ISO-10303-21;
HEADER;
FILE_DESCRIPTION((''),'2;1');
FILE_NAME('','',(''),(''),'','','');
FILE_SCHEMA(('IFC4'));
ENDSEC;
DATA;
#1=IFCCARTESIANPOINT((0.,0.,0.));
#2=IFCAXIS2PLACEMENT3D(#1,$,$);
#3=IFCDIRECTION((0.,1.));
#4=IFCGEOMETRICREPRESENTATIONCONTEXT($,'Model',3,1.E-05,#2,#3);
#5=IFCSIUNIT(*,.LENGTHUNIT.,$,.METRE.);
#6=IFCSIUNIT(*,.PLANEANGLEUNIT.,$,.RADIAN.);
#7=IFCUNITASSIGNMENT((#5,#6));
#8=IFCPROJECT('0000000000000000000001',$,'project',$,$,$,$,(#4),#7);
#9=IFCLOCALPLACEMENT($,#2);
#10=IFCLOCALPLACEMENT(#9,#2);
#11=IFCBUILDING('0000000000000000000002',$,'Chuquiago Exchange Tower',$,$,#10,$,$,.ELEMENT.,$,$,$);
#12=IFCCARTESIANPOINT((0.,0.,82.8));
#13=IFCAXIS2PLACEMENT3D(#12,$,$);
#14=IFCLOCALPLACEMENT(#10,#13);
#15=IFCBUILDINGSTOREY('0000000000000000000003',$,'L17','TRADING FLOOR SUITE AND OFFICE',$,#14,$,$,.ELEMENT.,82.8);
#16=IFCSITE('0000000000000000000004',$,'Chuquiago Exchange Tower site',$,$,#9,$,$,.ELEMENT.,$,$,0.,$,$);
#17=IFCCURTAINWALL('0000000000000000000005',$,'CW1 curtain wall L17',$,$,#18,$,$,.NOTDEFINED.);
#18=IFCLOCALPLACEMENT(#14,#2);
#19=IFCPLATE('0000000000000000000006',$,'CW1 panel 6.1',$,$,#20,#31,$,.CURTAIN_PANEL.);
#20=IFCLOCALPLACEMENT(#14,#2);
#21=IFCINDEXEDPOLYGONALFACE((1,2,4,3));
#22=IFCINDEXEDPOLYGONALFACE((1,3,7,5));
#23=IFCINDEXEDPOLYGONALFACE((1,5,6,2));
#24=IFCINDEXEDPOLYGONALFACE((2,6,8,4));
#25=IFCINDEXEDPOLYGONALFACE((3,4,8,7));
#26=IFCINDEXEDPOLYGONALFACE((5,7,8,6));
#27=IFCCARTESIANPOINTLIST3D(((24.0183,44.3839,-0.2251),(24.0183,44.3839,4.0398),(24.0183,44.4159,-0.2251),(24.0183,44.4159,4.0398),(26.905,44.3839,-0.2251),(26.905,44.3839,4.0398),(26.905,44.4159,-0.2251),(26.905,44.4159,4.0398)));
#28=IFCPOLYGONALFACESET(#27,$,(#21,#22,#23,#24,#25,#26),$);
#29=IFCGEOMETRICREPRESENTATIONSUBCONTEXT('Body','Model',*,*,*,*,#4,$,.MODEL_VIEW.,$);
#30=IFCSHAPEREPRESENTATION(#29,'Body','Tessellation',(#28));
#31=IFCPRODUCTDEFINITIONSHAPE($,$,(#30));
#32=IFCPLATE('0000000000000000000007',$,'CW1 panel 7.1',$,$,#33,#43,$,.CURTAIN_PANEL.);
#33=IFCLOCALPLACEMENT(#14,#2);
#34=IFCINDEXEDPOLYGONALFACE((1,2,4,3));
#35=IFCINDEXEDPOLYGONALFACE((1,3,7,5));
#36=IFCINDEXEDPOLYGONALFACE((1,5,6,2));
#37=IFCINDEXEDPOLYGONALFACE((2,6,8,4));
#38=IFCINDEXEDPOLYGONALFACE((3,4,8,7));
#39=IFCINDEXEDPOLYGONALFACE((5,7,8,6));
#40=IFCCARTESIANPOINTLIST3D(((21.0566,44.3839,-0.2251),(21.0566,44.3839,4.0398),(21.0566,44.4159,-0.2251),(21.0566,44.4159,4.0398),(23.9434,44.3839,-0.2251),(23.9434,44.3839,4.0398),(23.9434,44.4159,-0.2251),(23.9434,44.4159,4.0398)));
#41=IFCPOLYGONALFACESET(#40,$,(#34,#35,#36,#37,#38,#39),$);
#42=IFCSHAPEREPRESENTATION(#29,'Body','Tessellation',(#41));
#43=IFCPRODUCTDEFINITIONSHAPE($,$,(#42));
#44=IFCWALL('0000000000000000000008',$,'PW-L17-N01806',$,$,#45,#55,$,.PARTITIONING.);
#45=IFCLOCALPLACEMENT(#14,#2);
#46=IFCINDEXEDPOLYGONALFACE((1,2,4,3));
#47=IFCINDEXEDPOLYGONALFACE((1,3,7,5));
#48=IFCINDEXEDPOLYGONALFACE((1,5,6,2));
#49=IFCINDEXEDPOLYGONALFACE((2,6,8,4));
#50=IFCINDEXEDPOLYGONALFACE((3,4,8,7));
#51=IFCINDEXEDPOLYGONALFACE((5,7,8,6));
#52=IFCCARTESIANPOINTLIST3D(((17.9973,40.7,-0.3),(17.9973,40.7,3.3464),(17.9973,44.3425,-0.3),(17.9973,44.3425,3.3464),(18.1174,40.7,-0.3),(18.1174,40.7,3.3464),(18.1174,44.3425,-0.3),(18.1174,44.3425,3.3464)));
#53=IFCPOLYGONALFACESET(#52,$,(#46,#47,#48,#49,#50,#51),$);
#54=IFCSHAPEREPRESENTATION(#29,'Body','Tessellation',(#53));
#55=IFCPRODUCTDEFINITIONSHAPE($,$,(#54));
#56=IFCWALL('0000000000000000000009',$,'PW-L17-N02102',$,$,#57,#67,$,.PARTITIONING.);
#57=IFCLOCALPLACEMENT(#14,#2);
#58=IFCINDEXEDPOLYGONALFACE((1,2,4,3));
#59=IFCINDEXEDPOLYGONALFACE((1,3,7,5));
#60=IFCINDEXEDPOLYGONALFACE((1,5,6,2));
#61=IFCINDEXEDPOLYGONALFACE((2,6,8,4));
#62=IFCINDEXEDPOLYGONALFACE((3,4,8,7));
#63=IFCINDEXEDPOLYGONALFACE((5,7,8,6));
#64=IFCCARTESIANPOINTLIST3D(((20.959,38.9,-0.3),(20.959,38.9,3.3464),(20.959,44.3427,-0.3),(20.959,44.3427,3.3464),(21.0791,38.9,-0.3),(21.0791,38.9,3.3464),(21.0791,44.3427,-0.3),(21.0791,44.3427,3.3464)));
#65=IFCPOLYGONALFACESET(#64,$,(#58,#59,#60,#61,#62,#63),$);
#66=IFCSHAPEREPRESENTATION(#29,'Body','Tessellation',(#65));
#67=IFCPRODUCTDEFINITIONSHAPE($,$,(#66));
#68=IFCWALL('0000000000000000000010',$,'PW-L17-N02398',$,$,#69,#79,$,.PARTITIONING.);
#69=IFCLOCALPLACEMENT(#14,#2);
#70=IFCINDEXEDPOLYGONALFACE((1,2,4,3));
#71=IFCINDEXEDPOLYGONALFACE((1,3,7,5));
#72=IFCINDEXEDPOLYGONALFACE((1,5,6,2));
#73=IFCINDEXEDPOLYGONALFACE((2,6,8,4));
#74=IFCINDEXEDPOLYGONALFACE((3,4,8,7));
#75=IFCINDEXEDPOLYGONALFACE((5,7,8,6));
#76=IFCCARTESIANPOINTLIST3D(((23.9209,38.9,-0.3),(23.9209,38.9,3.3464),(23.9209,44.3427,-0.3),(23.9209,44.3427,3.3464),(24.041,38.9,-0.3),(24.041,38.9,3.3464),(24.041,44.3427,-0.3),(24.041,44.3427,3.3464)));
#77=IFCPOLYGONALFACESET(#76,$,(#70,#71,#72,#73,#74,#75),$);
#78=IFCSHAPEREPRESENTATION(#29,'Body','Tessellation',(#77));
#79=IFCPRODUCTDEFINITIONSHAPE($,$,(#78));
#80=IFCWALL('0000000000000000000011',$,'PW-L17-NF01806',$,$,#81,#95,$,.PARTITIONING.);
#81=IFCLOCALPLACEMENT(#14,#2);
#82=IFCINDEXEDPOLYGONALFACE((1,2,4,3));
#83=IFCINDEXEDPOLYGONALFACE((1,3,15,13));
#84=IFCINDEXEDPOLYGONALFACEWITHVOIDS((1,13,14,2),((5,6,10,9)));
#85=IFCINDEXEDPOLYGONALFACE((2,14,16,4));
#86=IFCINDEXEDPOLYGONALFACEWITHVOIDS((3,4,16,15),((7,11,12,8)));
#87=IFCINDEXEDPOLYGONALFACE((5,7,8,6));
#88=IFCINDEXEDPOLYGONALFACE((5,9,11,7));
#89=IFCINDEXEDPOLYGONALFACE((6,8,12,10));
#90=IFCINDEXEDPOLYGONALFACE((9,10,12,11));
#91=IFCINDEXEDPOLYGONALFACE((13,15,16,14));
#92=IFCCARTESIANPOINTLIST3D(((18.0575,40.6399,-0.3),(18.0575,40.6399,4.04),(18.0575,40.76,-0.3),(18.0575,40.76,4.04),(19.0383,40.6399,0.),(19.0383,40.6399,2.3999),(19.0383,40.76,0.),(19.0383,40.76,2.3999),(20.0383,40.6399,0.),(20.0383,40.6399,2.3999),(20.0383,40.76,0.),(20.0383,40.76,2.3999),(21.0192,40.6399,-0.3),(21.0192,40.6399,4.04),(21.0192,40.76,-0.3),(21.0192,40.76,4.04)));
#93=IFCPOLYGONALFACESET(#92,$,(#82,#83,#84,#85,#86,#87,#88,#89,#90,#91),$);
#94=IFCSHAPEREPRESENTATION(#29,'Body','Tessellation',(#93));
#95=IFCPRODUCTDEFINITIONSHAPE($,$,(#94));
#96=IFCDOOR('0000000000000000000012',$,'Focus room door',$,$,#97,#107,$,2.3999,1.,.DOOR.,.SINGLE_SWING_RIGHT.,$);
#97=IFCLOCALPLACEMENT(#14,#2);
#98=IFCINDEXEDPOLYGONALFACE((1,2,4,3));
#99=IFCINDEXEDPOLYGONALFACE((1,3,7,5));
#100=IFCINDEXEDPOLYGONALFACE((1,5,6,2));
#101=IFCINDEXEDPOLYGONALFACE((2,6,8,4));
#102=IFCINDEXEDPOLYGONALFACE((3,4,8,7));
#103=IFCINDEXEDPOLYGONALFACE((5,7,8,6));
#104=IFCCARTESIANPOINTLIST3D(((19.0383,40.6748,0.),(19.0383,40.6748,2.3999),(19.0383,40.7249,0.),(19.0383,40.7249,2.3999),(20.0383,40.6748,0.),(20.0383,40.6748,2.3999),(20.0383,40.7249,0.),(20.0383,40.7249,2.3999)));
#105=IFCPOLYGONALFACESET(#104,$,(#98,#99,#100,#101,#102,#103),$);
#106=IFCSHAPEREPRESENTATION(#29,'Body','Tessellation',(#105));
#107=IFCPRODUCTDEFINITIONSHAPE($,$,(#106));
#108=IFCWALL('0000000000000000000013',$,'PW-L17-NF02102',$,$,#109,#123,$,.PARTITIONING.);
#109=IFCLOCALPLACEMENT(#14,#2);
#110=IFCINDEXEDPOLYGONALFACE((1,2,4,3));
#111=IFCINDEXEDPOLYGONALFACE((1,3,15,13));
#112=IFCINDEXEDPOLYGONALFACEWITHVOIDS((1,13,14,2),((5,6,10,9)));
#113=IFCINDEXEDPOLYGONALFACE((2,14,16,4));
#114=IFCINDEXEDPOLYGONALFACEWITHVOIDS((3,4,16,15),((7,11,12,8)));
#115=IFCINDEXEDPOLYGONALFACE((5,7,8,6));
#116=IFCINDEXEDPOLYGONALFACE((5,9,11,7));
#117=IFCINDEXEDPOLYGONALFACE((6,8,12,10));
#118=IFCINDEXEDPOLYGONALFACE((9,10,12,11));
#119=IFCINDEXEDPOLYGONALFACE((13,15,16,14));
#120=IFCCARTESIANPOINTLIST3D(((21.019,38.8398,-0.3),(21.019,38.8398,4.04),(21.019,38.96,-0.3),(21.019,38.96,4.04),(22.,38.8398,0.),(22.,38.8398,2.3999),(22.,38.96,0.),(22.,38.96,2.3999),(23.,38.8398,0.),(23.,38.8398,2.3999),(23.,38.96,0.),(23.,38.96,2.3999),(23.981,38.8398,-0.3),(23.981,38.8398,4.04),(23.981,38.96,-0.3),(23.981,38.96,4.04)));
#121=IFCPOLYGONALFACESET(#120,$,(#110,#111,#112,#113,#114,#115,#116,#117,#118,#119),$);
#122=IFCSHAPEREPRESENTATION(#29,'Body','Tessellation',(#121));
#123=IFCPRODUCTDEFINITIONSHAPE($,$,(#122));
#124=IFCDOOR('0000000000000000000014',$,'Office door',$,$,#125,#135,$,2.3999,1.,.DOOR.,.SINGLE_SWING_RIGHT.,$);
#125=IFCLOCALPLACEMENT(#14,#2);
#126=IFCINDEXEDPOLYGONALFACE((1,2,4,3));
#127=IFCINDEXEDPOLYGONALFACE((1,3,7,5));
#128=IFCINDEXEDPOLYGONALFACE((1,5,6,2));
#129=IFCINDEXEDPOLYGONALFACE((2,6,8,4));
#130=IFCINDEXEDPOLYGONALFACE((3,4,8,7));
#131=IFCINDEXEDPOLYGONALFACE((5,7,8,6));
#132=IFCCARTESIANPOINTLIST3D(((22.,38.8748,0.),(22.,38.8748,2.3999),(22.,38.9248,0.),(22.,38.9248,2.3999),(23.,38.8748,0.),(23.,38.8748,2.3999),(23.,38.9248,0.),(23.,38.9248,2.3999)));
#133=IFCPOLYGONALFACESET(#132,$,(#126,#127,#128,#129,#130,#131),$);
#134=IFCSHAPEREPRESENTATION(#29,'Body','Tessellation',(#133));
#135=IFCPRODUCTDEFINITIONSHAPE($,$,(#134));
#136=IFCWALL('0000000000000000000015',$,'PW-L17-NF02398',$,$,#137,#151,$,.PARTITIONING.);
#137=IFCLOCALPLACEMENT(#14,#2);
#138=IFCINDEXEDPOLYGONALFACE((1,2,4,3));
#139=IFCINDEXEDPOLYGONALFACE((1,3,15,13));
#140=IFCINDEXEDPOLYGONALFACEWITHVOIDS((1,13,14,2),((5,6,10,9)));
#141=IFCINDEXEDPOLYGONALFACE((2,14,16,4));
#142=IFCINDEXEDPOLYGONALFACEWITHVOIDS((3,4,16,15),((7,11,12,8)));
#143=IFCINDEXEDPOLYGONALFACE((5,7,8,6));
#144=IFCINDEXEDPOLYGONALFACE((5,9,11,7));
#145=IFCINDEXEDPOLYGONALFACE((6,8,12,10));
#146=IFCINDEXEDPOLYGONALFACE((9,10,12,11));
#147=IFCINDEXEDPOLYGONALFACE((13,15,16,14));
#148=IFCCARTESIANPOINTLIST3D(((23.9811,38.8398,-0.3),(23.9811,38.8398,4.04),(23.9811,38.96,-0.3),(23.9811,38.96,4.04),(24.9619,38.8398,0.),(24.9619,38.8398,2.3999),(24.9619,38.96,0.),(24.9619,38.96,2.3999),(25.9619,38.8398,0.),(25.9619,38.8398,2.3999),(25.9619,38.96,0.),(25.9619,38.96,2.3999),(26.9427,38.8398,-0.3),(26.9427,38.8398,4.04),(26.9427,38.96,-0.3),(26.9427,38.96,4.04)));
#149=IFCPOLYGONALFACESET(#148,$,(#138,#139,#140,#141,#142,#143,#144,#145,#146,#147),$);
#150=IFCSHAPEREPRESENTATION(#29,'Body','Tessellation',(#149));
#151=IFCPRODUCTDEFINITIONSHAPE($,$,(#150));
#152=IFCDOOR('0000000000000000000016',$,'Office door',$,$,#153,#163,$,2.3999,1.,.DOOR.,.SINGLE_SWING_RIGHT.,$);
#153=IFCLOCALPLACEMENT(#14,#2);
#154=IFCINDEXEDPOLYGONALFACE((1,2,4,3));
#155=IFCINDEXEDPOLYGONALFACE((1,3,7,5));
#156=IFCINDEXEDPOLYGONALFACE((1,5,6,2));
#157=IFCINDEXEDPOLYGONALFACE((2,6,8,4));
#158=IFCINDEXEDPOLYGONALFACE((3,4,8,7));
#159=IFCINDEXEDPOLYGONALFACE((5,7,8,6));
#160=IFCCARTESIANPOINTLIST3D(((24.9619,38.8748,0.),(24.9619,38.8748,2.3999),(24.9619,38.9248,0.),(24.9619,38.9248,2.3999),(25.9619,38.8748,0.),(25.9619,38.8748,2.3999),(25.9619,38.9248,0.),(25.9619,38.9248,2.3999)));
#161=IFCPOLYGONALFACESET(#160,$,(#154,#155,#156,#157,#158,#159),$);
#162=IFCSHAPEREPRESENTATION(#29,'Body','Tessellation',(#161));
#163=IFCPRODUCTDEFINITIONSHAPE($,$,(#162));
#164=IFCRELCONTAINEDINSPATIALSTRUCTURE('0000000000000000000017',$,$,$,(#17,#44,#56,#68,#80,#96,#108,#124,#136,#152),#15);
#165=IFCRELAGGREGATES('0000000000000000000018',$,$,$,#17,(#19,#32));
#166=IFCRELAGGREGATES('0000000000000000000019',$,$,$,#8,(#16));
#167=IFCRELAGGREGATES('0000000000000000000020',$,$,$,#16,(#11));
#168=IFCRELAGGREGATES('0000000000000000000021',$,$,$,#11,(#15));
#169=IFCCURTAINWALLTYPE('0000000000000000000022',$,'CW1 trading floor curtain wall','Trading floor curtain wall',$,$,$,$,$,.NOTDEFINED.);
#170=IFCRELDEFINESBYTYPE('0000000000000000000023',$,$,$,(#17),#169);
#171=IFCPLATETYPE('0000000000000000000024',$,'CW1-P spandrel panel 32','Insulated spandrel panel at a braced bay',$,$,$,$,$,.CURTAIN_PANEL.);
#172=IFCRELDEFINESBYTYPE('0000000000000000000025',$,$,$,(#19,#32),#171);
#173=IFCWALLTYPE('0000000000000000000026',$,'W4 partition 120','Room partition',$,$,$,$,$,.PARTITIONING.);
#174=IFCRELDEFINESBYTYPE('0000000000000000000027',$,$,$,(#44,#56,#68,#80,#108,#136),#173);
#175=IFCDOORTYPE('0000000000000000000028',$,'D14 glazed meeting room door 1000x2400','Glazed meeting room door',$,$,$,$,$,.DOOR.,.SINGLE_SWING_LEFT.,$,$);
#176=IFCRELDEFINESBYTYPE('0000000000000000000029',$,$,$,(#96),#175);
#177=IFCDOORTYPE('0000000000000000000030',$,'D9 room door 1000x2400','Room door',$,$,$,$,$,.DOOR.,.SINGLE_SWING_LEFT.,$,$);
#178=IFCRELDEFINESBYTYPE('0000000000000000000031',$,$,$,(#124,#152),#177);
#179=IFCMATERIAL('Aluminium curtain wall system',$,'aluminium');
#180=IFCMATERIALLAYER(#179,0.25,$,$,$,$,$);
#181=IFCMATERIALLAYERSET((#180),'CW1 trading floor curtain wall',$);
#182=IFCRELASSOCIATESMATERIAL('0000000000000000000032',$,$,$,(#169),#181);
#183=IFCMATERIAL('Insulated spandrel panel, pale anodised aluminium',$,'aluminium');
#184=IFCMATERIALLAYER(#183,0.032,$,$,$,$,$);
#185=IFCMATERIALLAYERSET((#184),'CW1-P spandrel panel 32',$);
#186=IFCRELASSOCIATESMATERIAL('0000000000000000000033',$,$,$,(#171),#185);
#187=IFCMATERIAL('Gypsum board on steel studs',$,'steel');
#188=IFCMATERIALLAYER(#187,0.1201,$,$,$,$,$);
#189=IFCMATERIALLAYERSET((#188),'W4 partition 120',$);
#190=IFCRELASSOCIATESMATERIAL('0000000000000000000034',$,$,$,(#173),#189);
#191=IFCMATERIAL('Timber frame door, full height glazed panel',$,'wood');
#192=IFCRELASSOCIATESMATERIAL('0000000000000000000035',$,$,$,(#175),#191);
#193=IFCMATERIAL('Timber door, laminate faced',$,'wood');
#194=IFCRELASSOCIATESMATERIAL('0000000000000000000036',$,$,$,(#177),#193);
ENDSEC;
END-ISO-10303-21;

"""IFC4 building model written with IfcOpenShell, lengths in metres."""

from ifc_helpers import new_model, si_unit, direction, frame, frame_2d, origin, origin_2d, place, context, subcontext, project, spatial, rectangle, extrude, material, layer, layer_set, type_object, element, fill, aggregate, save


model = new_model("IFC4")

# Units and contexts
model_context = context("Model", 3, precision=1e-05, world=origin(), true_north=direction((0.0, 1.0)))
body_context = subcontext(model_context, "Body", "Model", "MODEL_VIEW")
ifc_project = project(units=[si_unit("LENGTHUNIT", "METRE"), si_unit("PLANEANGLEUNIT", "RADIAN")], contexts=[model_context])

# Site, building, storey
site_placement = place(None, origin())
site = spatial("IfcSite", under=ifc_project, at=site_placement, Name="Chuquiago Exchange Tower site", CompositionType="ELEMENT", RefElevation=0.0)
building_placement = place(site_placement, origin())
building = spatial("IfcBuilding", under=site, at=building_placement, Name="Chuquiago Exchange Tower", CompositionType="ELEMENT")
storey_placement = place(building_placement, frame((0.0, 0.0, 82.8)))
storey = spatial("IfcBuildingStorey", under=building, at=storey_placement, Name="L17", Description="TRADING FLOOR SUITE AND OFFICE", CompositionType="ELEMENT", Elevation=82.8)

# Curtain wall
ifc_material_1 = material(Name="Aluminium curtain wall system", Category="aluminium")
ifc_layer_1 = layer(ifc_material_1, 0.25)
ifc_layer_set_1 = layer_set([ifc_layer_1], Name="CW1 trading floor curtain wall")
curtain_wall_type = type_object("IfcCurtainWallType", Name="CW1 trading floor curtain wall", Description="Trading floor curtain wall", PredefinedType="NOTDEFINED", material=ifc_layer_set_1)
curtain_wall_placement = place(storey_placement, origin())
curtain_wall = element("IfcCurtainWall", 1, at=curtain_wall_placement, inside=storey, type_object=curtain_wall_type, Name="CW1 curtain wall L17", PredefinedType="NOTDEFINED")

# Plates
ifc_material_2 = material(Name="Insulated spandrel panel, pale anodised aluminium", Category="aluminium")
ifc_layer_2 = layer(ifc_material_2, 0.032)
ifc_layer_set_2 = layer_set([ifc_layer_2], Name="CW1-P spandrel panel 32")
plate_type_1 = type_object("IfcPlateType", Name="CW1-P spandrel panel 32", Description="Insulated spandrel panel at a braced bay", PredefinedType="CURTAIN_PANEL", material=ifc_layer_set_2)
plate_1_placement = place(storey_placement, frame((25.4617, 44.3999, -0.2251), z_axis=(0.0, 0.0, 1.0), x_axis=(-1.0, 0.0, 0.0)))
plate_1 = element("IfcPlate", 2, at=plate_1_placement, type_object=plate_type_1, Name="CW1 panel 6.1", PredefinedType="CURTAIN_PANEL", context=body_context, shape_type="SweptSolid", body=[
    extrude(rectangle(XDim=2.8867, YDim=0.032, at=origin_2d()), origin(), (0.0, 0.0, 1.0), 4.2649),
])
plate_2_placement = place(storey_placement, frame((22.5, 44.3999, -0.2251), z_axis=(0.0, 0.0, 1.0), x_axis=(-1.0, 0.0, 0.0)))
plate_2 = element("IfcPlate", 3, at=plate_2_placement, type_object=plate_type_1, Name="CW1 panel 7.1", PredefinedType="CURTAIN_PANEL", context=body_context, shape_type="SweptSolid", body=[
    extrude(rectangle(XDim=2.8867, YDim=0.032, at=origin_2d()), origin(), (0.0, 0.0, 1.0), 4.2649),
])
aggregate(curtain_wall, [plate_1, plate_2])

# Walls
ifc_material_3 = material(Name="Gypsum board on steel studs", Category="steel")
ifc_layer_3 = layer(ifc_material_3, 0.1201)
ifc_layer_set_3 = layer_set([ifc_layer_3], Name="W4 partition 120")
wall_type = type_object("IfcWallType", Name="W4 partition 120", Description="Room partition", PredefinedType="PARTITIONING", material=ifc_layer_set_3)
wall_1_placement = place(storey_placement, frame((18.0574, 44.3425, -0.3), z_axis=(0.0, 0.0, 1.0), x_axis=(0.0, -1.0, 0.0)))
element("IfcWall", 4, at=wall_1_placement, inside=storey, type_object=wall_type, Name="PW-L17-N01806", PredefinedType="PARTITIONING", context=body_context, shape_type="SweptSolid", body=[
    extrude(rectangle(XDim=3.6426, YDim=0.1201, at=frame_2d((1.8213, 0.0))), origin(), (0.0, 0.0, 1.0), 3.6465),
])
for number, where, z_axis, x_axis, name in (
    (5, (21.019, 44.3425, -0.3), (0.0, 0.0, 1.0), (0.0, -1.0, 0.0), "PW-L17-N02102"),
    (6, (23.981, 44.3425, -0.3), (0.0, 0.0, 1.0), (0.0, -1.0, 0.0), "PW-L17-N02398"),
):
    element("IfcWall", number, at=place(storey_placement, frame(where, z_axis=z_axis, x_axis=x_axis)), inside=storey, type_object=wall_type, Name=name, PredefinedType="PARTITIONING", context=body_context, shape_type="SweptSolid", body=[
        extrude(rectangle(XDim=5.4426, YDim=0.1201, at=frame_2d((2.7212, 0.0))), origin(), (0.0, 0.0, 1.0), 3.6465),
    ])

# Walls, openings, doors
wall_2_placement = place(storey_placement, frame((18.0574, 40.7, -0.3), z_axis=(0.0, 0.0, 1.0), x_axis=(1.0, 0.0, 0.0)))
wall_2 = element("IfcWall", 7, at=wall_2_placement, inside=storey, type_object=wall_type, Name="PW-L17-NF01806", PredefinedType="PARTITIONING", context=body_context, shape_type="SweptSolid", body=[
    extrude(rectangle(XDim=2.9617, YDim=0.1201, at=frame_2d((1.481, 0.0))), origin(), (0.0, 0.0, 1.0), 4.3401),
])
opening_1_placement = place(wall_2_placement, frame((0.981, 0.0, 0.3)))
opening_1 = element("IfcOpeningElement", 8, at=opening_1_placement, cuts=wall_2, PredefinedType="OPENING", context=body_context, shape_type="SweptSolid", body=[
    extrude(rectangle(XDim=1.0, YDim=2.3999, at=frame_2d((0.5, 1.2))), frame((0.0, 0.0701, 0.0), z_axis=(0.0, -1.0, 0.0), x_axis=(1.0, 0.0, 0.0)), (0.0, 0.0, 1.0), 0.1401),
])
ifc_material_4 = material(Name="Timber frame door, full height glazed panel", Category="wood")
door_type_1 = type_object("IfcDoorType", Name="D14 glazed meeting room door 1000x2400", Description="Glazed meeting room door", OperationType="SINGLE_SWING_LEFT", PredefinedType="DOOR", material=ifc_material_4)
door_1_placement = place(opening_1_placement, origin())
door_1 = element("IfcDoor", 9, at=door_1_placement, inside=storey, type_object=door_type_1, Name="Focus room door", OperationType="SINGLE_SWING_RIGHT", OverallHeight=2.3999, OverallWidth=1.0, PredefinedType="DOOR", context=body_context, shape_type="SweptSolid", body=[
    extrude(rectangle(XDim=1.0, YDim=2.3999, at=frame_2d((0.5, 1.2))), frame((0.0, 0.0249, 0.0), z_axis=(0.0, -1.0, 0.0), x_axis=(1.0, 0.0, 0.0)), (0.0, 0.0, 1.0), 0.05),
])
fill(opening_1, door_1)
wall_3_placement = place(storey_placement, frame((21.019, 38.8999, -0.3), z_axis=(0.0, 0.0, 1.0), x_axis=(1.0, 0.0, 0.0)))
wall_3 = element("IfcWall", 10, at=wall_3_placement, inside=storey, type_object=wall_type, Name="PW-L17-NF02102", PredefinedType="PARTITIONING", context=body_context, shape_type="SweptSolid", body=[
    extrude(rectangle(XDim=2.9619, YDim=0.1201, at=frame_2d((1.481, 0.0))), origin(), (0.0, 0.0, 1.0), 4.3401),
])
opening_2_placement = place(wall_3_placement, frame((0.981, 0.0, 0.3)))
opening_2 = element("IfcOpeningElement", 11, at=opening_2_placement, cuts=wall_3, PredefinedType="OPENING", context=body_context, shape_type="SweptSolid", body=[
    extrude(rectangle(XDim=1.0, YDim=2.3999, at=frame_2d((0.5, 1.2))), frame((0.0, 0.0701, 0.0), z_axis=(0.0, -1.0, 0.0), x_axis=(1.0, 0.0, 0.0)), (0.0, 0.0, 1.0), 0.1401),
])
ifc_material_5 = material(Name="Timber door, laminate faced", Category="wood")
door_type_2 = type_object("IfcDoorType", Name="D9 room door 1000x2400", Description="Room door", OperationType="SINGLE_SWING_LEFT", PredefinedType="DOOR", material=ifc_material_5)
door_2_placement = place(opening_2_placement, origin())
door_2 = element("IfcDoor", 12, at=door_2_placement, inside=storey, type_object=door_type_2, Name="Office door", OperationType="SINGLE_SWING_RIGHT", OverallHeight=2.3999, OverallWidth=1.0, PredefinedType="DOOR", context=body_context, shape_type="SweptSolid", body=[
    extrude(rectangle(XDim=1.0, YDim=2.3999, at=frame_2d((0.5, 1.2))), frame((0.0, 0.0249, 0.0), z_axis=(0.0, -1.0, 0.0), x_axis=(1.0, 0.0, 0.0)), (0.0, 0.0, 1.0), 0.05),
])
fill(opening_2, door_2)
wall_4_placement = place(storey_placement, frame((23.981, 38.8999, -0.3), z_axis=(0.0, 0.0, 1.0), x_axis=(1.0, 0.0, 0.0)))
wall_4 = element("IfcWall", 13, at=wall_4_placement, inside=storey, type_object=wall_type, Name="PW-L17-NF02398", PredefinedType="PARTITIONING", context=body_context, shape_type="SweptSolid", body=[
    extrude(rectangle(XDim=2.9617, YDim=0.1201, at=frame_2d((1.481, 0.0))), origin(), (0.0, 0.0, 1.0), 4.3401),
])
opening_3_placement = place(wall_4_placement, frame((0.981, 0.0, 0.3)))
opening_3 = element("IfcOpeningElement", 14, at=opening_3_placement, cuts=wall_4, PredefinedType="OPENING", context=body_context, shape_type="SweptSolid", body=[
    extrude(rectangle(XDim=1.0, YDim=2.3999, at=frame_2d((0.5, 1.2))), frame((0.0, 0.0701, 0.0), z_axis=(0.0, -1.0, 0.0), x_axis=(1.0, 0.0, 0.0)), (0.0, 0.0, 1.0), 0.1401),
])
door_3_placement = place(opening_3_placement, origin())
door_3 = element("IfcDoor", 15, at=door_3_placement, inside=storey, type_object=door_type_2, Name="Office door", OperationType="SINGLE_SWING_RIGHT", OverallHeight=2.3999, OverallWidth=1.0, PredefinedType="DOOR", context=body_context, shape_type="SweptSolid", body=[
    extrude(rectangle(XDim=1.0, YDim=2.3999, at=frame_2d((0.5, 1.2))), frame((0.0, 0.0249, 0.0), z_axis=(0.0, -1.0, 0.0), x_axis=(1.0, 0.0, 0.0)), (0.0, 0.0, 1.0), 0.05),
])
fill(opening_3, door_3)

save(model, "model.ifc")
